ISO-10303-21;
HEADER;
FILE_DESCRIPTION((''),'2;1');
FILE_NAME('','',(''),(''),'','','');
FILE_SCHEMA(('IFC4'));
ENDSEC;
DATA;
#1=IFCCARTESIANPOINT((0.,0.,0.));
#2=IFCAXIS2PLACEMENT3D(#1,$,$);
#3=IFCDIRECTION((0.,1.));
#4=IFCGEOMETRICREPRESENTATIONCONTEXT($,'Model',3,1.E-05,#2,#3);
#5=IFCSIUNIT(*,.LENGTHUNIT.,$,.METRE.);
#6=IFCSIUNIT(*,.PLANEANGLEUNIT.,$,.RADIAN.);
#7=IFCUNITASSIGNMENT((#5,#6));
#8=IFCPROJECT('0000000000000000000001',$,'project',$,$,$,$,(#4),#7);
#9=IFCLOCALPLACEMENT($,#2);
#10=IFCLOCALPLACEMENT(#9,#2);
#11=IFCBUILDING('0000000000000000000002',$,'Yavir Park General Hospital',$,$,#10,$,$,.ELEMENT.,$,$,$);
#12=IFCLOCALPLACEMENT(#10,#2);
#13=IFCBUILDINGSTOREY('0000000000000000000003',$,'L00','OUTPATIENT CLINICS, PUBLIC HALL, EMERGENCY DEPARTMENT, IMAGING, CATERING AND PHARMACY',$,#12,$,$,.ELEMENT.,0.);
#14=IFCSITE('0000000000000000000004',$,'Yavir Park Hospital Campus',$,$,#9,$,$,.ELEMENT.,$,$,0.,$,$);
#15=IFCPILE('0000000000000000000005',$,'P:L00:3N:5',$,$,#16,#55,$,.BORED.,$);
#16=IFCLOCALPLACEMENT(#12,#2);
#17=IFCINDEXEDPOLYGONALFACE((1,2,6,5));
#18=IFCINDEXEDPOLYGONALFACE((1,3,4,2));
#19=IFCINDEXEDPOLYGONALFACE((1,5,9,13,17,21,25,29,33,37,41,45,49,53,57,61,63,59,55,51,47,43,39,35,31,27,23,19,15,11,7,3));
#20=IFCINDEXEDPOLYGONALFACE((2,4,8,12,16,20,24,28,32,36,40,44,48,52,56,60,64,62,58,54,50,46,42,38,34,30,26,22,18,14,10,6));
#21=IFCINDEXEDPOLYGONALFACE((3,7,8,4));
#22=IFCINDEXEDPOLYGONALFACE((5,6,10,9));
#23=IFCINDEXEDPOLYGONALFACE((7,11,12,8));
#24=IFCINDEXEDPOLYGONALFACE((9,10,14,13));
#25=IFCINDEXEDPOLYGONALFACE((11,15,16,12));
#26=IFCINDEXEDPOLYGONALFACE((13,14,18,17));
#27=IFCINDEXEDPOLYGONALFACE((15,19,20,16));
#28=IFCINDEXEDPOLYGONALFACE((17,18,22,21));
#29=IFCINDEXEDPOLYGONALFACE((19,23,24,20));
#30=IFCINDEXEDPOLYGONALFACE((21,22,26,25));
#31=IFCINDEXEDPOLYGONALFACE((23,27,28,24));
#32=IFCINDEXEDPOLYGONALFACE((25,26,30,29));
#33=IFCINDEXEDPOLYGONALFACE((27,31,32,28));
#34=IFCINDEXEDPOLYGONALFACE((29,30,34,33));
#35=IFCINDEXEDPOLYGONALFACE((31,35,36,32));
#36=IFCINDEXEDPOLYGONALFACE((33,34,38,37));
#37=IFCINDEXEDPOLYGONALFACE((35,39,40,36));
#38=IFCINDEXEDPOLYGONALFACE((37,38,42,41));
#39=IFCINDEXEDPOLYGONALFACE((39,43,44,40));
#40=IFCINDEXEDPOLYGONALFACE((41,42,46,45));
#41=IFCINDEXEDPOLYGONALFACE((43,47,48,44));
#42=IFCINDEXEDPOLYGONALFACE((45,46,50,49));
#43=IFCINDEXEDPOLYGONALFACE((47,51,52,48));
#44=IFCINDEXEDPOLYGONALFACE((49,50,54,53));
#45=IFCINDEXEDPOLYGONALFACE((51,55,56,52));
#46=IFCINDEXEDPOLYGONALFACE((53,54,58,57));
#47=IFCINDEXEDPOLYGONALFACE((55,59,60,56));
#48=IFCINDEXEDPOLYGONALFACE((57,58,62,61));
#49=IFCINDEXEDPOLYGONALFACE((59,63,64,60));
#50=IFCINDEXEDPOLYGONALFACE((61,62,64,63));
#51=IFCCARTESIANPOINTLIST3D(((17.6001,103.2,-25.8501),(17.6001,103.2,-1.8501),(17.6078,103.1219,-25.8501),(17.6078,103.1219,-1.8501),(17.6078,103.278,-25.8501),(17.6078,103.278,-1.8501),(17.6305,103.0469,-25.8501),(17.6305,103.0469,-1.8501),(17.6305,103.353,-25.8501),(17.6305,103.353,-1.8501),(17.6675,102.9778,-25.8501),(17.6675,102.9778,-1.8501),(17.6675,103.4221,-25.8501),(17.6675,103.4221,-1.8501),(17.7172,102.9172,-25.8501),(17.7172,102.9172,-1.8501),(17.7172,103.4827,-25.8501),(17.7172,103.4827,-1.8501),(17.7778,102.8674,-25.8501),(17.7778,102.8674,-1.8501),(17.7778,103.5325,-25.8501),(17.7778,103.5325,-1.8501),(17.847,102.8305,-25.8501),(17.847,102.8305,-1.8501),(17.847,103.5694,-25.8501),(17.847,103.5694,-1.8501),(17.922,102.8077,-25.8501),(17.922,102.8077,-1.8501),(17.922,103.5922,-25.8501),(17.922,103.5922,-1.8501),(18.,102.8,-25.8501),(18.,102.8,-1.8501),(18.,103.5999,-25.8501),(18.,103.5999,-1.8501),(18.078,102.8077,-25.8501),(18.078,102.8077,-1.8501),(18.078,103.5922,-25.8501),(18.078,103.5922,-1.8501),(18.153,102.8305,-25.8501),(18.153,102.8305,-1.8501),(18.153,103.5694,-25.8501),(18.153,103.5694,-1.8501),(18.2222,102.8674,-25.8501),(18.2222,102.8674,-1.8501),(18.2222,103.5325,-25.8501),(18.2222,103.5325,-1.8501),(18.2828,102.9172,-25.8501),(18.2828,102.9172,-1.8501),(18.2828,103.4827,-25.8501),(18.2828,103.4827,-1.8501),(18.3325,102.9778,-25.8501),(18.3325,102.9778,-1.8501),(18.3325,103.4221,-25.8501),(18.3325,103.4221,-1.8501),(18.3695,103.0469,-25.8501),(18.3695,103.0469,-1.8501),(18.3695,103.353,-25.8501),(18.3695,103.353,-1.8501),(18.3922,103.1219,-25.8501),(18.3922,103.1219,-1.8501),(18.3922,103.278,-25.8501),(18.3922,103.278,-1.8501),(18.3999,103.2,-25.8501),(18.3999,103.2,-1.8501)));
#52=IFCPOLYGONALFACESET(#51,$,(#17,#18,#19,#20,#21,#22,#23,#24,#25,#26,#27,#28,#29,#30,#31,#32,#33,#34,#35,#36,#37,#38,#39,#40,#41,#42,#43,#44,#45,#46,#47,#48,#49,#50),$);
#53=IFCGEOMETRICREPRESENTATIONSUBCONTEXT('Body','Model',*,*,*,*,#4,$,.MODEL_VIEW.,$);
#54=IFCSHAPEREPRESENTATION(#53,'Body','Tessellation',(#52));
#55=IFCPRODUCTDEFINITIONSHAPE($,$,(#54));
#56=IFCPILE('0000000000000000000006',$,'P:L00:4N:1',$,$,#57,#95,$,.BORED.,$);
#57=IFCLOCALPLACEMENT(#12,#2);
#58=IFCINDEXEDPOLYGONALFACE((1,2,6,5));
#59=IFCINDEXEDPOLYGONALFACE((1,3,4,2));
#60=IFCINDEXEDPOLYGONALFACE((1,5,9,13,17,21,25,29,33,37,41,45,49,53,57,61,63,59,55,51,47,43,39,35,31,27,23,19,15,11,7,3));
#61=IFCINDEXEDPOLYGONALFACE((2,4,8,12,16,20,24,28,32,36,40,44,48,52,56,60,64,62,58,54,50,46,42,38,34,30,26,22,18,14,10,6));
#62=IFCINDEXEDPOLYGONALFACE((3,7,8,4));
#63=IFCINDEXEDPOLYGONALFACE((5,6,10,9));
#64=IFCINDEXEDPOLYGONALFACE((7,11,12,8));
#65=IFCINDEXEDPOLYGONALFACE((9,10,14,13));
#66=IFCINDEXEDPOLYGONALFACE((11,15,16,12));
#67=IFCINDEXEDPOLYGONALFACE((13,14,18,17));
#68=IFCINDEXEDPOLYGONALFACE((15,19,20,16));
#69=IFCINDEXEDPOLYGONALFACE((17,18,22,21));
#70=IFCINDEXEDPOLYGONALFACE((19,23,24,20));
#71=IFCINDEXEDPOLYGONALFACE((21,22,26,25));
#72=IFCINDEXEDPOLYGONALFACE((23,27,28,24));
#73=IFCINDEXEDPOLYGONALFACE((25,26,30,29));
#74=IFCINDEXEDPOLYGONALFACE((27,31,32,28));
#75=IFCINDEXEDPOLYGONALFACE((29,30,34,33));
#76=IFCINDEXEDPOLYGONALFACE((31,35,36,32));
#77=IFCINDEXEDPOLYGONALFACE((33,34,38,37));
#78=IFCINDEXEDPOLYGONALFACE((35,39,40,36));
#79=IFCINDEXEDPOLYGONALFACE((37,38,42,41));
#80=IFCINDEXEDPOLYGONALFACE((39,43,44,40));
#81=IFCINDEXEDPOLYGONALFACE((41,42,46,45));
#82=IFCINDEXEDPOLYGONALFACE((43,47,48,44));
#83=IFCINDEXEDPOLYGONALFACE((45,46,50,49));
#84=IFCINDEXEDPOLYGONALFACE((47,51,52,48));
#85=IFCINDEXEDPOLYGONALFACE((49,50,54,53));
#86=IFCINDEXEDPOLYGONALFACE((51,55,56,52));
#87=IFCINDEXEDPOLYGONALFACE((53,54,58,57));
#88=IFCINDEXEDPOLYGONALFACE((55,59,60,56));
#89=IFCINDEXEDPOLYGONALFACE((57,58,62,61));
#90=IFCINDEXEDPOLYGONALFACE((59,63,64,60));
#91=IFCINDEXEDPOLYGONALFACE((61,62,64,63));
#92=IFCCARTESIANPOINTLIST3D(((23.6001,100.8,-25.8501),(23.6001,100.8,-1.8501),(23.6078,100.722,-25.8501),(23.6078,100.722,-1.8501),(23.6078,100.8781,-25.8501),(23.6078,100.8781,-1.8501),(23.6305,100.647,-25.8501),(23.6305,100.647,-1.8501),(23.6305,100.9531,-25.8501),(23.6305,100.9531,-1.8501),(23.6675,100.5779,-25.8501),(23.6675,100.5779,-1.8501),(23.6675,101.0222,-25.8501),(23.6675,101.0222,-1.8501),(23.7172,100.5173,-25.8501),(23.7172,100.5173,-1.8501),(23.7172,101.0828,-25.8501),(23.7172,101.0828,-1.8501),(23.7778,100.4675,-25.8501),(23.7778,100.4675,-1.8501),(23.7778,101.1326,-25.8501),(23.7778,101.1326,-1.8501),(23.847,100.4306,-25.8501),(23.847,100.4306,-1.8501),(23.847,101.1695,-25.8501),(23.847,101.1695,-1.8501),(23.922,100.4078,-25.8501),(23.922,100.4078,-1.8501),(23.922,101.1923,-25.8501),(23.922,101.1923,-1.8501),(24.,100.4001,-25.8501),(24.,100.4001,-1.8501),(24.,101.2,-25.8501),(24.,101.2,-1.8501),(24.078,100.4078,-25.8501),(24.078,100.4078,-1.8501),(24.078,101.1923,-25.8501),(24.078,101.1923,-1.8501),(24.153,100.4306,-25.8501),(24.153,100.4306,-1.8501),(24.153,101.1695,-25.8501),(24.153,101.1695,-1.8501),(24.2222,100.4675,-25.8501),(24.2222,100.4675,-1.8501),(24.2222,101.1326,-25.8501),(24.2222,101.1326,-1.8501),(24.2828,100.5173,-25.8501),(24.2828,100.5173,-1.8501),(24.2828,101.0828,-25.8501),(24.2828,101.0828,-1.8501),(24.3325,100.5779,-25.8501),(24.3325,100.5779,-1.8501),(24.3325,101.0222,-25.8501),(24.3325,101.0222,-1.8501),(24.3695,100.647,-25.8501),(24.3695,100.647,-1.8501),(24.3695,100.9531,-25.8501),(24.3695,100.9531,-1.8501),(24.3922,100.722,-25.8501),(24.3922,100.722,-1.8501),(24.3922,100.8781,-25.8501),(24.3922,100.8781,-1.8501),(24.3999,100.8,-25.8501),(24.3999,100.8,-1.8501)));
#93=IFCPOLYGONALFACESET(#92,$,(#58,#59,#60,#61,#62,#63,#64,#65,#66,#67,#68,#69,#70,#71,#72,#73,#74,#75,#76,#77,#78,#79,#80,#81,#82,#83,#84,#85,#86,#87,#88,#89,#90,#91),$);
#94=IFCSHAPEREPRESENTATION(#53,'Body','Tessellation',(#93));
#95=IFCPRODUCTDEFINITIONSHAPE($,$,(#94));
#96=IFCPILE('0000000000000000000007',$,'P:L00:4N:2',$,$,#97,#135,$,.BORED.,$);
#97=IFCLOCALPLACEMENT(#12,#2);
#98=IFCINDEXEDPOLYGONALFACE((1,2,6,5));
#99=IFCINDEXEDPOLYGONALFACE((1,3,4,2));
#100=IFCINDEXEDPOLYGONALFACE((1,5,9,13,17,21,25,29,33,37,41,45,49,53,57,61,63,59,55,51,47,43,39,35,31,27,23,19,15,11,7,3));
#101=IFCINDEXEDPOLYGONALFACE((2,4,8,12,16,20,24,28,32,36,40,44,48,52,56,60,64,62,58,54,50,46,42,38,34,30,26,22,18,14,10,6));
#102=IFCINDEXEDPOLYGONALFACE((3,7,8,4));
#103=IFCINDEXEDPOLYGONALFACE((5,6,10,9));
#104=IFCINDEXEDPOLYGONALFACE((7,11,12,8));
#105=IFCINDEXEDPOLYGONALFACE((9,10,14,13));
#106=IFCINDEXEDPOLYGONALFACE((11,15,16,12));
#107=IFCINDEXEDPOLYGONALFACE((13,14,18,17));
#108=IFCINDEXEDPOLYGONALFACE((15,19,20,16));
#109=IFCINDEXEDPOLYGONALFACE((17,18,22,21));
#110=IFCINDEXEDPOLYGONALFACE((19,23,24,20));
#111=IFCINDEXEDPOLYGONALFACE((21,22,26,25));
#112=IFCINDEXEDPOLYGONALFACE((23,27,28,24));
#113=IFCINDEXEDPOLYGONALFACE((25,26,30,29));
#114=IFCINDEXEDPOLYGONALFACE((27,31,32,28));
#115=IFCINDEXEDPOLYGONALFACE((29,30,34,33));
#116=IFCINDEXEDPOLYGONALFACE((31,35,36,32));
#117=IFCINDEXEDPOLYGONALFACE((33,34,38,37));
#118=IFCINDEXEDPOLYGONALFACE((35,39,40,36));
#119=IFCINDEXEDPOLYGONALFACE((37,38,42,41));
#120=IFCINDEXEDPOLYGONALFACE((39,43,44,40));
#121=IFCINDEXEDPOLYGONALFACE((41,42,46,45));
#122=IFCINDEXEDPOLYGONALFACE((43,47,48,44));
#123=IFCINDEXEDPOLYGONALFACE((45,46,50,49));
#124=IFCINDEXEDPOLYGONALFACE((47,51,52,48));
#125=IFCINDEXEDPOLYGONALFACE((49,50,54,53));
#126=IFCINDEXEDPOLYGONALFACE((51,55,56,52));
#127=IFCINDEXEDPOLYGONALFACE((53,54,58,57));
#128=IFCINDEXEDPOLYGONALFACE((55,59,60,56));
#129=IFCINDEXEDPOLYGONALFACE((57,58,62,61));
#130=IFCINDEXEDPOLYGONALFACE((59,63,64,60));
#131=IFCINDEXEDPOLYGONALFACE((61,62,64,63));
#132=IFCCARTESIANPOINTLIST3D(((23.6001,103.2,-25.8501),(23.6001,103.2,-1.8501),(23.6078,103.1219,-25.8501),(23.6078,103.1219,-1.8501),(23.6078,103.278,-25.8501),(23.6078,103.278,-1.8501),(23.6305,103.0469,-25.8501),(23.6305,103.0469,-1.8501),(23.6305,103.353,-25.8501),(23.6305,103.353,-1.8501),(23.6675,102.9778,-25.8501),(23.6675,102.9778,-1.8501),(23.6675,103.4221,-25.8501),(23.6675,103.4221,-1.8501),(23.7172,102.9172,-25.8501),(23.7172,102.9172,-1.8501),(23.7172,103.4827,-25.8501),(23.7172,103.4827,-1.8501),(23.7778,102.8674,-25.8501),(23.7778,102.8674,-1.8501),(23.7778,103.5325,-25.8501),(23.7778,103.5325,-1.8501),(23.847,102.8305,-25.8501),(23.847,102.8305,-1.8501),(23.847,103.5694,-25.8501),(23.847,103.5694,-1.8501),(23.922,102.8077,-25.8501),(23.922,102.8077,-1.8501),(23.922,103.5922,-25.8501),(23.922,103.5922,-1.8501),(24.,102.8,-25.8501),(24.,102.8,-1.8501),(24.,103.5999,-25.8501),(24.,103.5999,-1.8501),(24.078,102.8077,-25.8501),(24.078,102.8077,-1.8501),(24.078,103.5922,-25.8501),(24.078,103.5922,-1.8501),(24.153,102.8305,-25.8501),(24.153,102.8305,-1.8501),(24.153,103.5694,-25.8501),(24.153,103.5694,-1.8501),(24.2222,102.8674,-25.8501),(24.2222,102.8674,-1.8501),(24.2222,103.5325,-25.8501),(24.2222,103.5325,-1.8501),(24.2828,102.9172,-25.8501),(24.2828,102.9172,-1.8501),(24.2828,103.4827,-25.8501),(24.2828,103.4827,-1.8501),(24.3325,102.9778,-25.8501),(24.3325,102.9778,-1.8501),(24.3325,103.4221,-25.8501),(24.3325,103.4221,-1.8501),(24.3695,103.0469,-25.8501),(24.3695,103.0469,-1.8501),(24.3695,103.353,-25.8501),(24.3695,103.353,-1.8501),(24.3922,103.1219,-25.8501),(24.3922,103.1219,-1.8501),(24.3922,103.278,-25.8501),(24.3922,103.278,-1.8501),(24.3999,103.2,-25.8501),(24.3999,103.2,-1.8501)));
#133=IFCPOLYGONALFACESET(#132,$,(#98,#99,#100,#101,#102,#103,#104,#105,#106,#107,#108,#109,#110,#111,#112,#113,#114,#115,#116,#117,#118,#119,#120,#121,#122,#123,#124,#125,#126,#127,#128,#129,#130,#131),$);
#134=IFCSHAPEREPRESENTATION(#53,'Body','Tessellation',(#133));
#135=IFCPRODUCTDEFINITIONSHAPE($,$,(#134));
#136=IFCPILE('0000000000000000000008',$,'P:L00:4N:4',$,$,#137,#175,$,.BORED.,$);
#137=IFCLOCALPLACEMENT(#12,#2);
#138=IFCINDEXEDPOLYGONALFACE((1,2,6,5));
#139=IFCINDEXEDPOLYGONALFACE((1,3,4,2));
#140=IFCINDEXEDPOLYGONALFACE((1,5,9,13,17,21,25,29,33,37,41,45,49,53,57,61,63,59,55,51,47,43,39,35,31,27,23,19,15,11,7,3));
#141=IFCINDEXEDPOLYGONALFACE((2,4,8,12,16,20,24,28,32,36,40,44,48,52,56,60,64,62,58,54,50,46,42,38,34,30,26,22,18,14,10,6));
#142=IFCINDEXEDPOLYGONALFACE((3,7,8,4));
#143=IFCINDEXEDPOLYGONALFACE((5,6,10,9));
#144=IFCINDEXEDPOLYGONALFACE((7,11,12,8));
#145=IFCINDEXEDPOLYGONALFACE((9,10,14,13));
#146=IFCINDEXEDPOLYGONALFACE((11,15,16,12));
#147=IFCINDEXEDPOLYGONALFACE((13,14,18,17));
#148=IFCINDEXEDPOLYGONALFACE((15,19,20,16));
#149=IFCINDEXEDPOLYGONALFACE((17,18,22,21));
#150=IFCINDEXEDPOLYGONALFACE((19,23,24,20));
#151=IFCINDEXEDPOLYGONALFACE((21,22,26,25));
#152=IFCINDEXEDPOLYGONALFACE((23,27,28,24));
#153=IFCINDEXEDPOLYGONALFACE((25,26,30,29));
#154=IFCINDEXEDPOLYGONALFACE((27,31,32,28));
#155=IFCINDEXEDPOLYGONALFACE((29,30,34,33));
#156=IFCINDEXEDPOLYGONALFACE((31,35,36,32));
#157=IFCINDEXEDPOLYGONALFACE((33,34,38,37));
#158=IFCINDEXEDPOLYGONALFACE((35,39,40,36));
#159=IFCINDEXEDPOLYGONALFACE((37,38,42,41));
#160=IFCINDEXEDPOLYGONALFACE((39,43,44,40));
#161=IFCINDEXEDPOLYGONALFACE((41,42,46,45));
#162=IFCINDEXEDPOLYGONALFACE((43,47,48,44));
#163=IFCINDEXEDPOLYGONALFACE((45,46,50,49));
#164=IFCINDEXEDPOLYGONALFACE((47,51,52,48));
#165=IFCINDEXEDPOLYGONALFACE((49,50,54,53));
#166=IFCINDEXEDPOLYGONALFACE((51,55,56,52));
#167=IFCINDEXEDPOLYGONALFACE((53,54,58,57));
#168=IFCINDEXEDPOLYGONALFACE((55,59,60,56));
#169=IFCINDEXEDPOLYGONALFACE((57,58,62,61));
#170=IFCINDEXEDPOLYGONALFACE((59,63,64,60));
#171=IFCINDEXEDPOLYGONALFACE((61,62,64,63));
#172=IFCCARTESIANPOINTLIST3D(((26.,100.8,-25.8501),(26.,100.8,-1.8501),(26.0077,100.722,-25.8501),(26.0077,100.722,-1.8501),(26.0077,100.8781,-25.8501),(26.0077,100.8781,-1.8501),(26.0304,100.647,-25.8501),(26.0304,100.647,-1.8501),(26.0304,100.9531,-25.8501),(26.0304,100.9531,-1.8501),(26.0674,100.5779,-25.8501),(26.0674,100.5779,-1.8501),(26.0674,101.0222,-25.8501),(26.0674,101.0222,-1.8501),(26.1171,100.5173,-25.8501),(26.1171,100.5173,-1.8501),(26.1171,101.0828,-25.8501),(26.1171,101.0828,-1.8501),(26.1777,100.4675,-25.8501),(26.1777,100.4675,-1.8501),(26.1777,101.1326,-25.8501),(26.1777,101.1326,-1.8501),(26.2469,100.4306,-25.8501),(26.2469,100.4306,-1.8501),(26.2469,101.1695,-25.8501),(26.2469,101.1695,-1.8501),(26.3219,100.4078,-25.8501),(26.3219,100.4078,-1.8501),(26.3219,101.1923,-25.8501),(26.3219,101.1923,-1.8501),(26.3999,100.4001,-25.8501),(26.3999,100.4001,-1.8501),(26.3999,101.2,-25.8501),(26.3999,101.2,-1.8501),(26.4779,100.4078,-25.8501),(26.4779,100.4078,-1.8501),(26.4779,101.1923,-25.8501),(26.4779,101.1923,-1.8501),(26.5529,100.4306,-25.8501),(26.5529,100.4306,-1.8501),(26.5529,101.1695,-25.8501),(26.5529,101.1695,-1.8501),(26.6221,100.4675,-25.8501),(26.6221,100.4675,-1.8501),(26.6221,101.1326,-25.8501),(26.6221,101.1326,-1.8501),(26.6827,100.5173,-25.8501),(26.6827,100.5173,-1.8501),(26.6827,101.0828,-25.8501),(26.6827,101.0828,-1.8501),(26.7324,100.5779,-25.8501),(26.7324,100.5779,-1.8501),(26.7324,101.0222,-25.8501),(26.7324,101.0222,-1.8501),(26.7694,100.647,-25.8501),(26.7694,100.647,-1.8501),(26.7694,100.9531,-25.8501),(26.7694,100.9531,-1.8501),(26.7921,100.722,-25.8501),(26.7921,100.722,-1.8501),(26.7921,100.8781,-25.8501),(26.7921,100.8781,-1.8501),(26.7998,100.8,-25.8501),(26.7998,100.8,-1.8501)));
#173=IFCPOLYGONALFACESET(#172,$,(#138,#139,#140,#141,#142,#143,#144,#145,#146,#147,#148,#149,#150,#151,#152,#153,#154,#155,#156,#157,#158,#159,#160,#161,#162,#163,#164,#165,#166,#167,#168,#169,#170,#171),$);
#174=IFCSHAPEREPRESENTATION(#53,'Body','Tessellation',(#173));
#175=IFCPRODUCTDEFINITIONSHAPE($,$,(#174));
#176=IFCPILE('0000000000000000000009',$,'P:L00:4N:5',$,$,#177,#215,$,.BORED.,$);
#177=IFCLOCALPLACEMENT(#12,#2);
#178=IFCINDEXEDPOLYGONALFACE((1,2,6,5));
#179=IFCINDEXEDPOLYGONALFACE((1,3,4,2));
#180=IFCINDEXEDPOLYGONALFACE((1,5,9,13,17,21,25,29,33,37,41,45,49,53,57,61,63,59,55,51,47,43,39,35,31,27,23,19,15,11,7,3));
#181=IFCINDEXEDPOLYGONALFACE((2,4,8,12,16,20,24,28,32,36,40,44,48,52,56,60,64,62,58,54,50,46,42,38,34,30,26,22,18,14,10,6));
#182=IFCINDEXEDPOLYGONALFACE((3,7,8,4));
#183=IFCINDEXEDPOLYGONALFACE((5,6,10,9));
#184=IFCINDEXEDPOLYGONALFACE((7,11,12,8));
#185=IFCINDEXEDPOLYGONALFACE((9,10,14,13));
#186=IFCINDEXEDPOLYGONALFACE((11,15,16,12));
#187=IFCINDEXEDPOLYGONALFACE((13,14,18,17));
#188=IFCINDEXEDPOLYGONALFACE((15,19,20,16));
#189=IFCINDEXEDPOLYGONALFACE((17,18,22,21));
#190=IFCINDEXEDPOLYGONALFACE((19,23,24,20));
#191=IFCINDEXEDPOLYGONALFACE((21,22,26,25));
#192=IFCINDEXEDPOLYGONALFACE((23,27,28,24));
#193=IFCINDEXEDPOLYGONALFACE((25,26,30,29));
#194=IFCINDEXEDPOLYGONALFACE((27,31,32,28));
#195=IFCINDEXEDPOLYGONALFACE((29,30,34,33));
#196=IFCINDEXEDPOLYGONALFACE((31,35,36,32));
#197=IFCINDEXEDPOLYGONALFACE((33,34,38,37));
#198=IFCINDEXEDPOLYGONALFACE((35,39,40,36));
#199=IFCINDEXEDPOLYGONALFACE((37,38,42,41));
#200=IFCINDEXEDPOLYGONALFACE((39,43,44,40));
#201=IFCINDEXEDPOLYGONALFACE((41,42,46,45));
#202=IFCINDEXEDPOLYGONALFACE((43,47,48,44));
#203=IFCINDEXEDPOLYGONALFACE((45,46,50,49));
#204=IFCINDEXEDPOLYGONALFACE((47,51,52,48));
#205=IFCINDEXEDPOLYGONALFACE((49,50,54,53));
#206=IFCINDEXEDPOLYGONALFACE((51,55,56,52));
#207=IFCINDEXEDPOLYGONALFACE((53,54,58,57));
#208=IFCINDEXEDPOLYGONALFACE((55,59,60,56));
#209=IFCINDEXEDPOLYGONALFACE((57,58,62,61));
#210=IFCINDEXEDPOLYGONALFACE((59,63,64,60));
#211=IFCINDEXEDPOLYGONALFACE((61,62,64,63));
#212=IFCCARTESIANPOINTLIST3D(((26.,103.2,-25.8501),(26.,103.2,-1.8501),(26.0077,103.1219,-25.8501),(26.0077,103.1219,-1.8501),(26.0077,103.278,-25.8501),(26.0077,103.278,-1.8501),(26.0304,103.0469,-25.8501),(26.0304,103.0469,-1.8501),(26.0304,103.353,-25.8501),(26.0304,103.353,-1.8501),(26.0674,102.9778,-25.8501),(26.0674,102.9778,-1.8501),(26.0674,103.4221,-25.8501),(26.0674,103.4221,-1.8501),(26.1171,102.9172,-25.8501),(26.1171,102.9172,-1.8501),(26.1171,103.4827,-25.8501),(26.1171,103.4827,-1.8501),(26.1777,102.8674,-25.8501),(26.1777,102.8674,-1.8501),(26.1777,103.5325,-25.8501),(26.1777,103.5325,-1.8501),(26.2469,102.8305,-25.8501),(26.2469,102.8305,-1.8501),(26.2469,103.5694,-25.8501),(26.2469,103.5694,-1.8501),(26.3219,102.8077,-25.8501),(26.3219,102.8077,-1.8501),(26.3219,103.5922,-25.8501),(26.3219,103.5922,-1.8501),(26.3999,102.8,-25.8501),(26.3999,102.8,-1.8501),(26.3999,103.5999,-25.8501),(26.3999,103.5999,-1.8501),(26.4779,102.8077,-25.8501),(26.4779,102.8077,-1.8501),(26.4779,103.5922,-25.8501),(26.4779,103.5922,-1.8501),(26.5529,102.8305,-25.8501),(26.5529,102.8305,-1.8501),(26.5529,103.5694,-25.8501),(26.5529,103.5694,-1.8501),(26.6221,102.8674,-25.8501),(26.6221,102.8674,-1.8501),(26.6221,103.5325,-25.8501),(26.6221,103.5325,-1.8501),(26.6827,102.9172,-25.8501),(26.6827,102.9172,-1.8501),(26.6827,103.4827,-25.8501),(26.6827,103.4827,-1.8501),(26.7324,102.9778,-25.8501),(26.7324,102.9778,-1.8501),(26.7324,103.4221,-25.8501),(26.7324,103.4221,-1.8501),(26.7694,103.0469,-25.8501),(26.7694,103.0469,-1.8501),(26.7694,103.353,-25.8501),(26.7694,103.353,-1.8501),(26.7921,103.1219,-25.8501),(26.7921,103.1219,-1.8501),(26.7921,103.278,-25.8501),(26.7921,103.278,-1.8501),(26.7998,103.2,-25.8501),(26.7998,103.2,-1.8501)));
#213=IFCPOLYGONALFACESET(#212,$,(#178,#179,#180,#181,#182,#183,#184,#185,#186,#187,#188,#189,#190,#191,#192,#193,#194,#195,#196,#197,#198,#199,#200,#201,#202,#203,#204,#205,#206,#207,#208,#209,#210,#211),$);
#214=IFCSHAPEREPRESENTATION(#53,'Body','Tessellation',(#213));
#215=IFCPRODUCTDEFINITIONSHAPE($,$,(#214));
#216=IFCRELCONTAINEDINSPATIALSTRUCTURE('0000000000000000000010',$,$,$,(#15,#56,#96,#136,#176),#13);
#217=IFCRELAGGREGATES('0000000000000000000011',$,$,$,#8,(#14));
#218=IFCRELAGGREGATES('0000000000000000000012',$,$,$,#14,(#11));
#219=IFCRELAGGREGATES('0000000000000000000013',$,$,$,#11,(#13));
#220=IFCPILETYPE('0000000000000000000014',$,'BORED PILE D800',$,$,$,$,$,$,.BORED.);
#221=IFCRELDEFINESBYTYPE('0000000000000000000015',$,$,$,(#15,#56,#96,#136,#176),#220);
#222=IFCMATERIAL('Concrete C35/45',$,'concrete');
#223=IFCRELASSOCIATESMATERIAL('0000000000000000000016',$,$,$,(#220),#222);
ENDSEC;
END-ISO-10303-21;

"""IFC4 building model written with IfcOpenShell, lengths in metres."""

from ifc_helpers import new_model, si_unit, direction, frame, origin, origin_2d, place, context, subcontext, project, spatial, circle, extrude, material, material_profile, profile_set, type_object, element, save


model = new_model("IFC4")

# Units and contexts
model_context = context("Model", 3, precision=1e-05, world=origin(), true_north=direction((0.0, 1.0)))
body_context = subcontext(model_context, "Body", "Model", "MODEL_VIEW")
ifc_project = project(units=[si_unit("LENGTHUNIT", "METRE"), si_unit("PLANEANGLEUNIT", "RADIAN")], contexts=[model_context])

# Site, building, storey
site_placement = place(None, origin())
site = spatial("IfcSite", under=ifc_project, at=site_placement, Name="Yavir Park Hospital Campus", CompositionType="ELEMENT", RefElevation=0.0)
building_placement = place(site_placement, origin())
building = spatial("IfcBuilding", under=site, at=building_placement, Name="Yavir Park General Hospital", CompositionType="ELEMENT")
storey_placement = place(building_placement, origin())
storey = spatial("IfcBuildingStorey", under=building, at=storey_placement, Name="L00", Description="OUTPATIENT CLINICS, PUBLIC HALL, EMERGENCY DEPARTMENT, IMAGING, CATERING AND PHARMACY", CompositionType="ELEMENT", Elevation=0.0)

# Piles
ifc_material_1 = material(Name="Concrete C35/45", Category="concrete")
ifc_material_profile_1 = material_profile(ifc_material_1, circle(Radius=0.3999, at=origin_2d()), Name="D800")
ifc_profile_set_1 = profile_set([ifc_material_profile_1], Name="Concrete C35/45")
pile_type = type_object("IfcPileType", Name="BORED PILE D800", PredefinedType="BORED", material=ifc_profile_set_1)
for number, where, z_axis, x_axis, name in (
    (1, (18.0, 103.2, -1.8501), (0.0, 0.0, -1.0), (1.0, 0.0, 0.0), "P:L00:3N:5"),
    (2, (24.0, 100.8, -1.8501), (0.0, 0.0, -1.0), (1.0, 0.0, 0.0), "P:L00:4N:1"),
    (3, (24.0, 103.2, -1.8501), (0.0, 0.0, -1.0), (1.0, 0.0, 0.0), "P:L00:4N:2"),
    (4, (26.3999, 100.8, -1.8501), (0.0, 0.0, -1.0), (1.0, 0.0, 0.0), "P:L00:4N:4"),
    (5, (26.3999, 103.2, -1.8501), (0.0, 0.0, -1.0), (1.0, 0.0, 0.0), "P:L00:4N:5"),
):
    element("IfcPile", number, at=place(storey_placement, frame(where, z_axis=z_axis, x_axis=x_axis)), inside=storey, type_object=pile_type, Name=name, PredefinedType="BORED", context=body_context, shape_type="SweptSolid", body=[
        extrude(circle(Radius=0.3999, at=origin_2d()), origin(), (0.0, 0.0, 1.0), 24.0),
    ])

save(model, "model.ifc")
